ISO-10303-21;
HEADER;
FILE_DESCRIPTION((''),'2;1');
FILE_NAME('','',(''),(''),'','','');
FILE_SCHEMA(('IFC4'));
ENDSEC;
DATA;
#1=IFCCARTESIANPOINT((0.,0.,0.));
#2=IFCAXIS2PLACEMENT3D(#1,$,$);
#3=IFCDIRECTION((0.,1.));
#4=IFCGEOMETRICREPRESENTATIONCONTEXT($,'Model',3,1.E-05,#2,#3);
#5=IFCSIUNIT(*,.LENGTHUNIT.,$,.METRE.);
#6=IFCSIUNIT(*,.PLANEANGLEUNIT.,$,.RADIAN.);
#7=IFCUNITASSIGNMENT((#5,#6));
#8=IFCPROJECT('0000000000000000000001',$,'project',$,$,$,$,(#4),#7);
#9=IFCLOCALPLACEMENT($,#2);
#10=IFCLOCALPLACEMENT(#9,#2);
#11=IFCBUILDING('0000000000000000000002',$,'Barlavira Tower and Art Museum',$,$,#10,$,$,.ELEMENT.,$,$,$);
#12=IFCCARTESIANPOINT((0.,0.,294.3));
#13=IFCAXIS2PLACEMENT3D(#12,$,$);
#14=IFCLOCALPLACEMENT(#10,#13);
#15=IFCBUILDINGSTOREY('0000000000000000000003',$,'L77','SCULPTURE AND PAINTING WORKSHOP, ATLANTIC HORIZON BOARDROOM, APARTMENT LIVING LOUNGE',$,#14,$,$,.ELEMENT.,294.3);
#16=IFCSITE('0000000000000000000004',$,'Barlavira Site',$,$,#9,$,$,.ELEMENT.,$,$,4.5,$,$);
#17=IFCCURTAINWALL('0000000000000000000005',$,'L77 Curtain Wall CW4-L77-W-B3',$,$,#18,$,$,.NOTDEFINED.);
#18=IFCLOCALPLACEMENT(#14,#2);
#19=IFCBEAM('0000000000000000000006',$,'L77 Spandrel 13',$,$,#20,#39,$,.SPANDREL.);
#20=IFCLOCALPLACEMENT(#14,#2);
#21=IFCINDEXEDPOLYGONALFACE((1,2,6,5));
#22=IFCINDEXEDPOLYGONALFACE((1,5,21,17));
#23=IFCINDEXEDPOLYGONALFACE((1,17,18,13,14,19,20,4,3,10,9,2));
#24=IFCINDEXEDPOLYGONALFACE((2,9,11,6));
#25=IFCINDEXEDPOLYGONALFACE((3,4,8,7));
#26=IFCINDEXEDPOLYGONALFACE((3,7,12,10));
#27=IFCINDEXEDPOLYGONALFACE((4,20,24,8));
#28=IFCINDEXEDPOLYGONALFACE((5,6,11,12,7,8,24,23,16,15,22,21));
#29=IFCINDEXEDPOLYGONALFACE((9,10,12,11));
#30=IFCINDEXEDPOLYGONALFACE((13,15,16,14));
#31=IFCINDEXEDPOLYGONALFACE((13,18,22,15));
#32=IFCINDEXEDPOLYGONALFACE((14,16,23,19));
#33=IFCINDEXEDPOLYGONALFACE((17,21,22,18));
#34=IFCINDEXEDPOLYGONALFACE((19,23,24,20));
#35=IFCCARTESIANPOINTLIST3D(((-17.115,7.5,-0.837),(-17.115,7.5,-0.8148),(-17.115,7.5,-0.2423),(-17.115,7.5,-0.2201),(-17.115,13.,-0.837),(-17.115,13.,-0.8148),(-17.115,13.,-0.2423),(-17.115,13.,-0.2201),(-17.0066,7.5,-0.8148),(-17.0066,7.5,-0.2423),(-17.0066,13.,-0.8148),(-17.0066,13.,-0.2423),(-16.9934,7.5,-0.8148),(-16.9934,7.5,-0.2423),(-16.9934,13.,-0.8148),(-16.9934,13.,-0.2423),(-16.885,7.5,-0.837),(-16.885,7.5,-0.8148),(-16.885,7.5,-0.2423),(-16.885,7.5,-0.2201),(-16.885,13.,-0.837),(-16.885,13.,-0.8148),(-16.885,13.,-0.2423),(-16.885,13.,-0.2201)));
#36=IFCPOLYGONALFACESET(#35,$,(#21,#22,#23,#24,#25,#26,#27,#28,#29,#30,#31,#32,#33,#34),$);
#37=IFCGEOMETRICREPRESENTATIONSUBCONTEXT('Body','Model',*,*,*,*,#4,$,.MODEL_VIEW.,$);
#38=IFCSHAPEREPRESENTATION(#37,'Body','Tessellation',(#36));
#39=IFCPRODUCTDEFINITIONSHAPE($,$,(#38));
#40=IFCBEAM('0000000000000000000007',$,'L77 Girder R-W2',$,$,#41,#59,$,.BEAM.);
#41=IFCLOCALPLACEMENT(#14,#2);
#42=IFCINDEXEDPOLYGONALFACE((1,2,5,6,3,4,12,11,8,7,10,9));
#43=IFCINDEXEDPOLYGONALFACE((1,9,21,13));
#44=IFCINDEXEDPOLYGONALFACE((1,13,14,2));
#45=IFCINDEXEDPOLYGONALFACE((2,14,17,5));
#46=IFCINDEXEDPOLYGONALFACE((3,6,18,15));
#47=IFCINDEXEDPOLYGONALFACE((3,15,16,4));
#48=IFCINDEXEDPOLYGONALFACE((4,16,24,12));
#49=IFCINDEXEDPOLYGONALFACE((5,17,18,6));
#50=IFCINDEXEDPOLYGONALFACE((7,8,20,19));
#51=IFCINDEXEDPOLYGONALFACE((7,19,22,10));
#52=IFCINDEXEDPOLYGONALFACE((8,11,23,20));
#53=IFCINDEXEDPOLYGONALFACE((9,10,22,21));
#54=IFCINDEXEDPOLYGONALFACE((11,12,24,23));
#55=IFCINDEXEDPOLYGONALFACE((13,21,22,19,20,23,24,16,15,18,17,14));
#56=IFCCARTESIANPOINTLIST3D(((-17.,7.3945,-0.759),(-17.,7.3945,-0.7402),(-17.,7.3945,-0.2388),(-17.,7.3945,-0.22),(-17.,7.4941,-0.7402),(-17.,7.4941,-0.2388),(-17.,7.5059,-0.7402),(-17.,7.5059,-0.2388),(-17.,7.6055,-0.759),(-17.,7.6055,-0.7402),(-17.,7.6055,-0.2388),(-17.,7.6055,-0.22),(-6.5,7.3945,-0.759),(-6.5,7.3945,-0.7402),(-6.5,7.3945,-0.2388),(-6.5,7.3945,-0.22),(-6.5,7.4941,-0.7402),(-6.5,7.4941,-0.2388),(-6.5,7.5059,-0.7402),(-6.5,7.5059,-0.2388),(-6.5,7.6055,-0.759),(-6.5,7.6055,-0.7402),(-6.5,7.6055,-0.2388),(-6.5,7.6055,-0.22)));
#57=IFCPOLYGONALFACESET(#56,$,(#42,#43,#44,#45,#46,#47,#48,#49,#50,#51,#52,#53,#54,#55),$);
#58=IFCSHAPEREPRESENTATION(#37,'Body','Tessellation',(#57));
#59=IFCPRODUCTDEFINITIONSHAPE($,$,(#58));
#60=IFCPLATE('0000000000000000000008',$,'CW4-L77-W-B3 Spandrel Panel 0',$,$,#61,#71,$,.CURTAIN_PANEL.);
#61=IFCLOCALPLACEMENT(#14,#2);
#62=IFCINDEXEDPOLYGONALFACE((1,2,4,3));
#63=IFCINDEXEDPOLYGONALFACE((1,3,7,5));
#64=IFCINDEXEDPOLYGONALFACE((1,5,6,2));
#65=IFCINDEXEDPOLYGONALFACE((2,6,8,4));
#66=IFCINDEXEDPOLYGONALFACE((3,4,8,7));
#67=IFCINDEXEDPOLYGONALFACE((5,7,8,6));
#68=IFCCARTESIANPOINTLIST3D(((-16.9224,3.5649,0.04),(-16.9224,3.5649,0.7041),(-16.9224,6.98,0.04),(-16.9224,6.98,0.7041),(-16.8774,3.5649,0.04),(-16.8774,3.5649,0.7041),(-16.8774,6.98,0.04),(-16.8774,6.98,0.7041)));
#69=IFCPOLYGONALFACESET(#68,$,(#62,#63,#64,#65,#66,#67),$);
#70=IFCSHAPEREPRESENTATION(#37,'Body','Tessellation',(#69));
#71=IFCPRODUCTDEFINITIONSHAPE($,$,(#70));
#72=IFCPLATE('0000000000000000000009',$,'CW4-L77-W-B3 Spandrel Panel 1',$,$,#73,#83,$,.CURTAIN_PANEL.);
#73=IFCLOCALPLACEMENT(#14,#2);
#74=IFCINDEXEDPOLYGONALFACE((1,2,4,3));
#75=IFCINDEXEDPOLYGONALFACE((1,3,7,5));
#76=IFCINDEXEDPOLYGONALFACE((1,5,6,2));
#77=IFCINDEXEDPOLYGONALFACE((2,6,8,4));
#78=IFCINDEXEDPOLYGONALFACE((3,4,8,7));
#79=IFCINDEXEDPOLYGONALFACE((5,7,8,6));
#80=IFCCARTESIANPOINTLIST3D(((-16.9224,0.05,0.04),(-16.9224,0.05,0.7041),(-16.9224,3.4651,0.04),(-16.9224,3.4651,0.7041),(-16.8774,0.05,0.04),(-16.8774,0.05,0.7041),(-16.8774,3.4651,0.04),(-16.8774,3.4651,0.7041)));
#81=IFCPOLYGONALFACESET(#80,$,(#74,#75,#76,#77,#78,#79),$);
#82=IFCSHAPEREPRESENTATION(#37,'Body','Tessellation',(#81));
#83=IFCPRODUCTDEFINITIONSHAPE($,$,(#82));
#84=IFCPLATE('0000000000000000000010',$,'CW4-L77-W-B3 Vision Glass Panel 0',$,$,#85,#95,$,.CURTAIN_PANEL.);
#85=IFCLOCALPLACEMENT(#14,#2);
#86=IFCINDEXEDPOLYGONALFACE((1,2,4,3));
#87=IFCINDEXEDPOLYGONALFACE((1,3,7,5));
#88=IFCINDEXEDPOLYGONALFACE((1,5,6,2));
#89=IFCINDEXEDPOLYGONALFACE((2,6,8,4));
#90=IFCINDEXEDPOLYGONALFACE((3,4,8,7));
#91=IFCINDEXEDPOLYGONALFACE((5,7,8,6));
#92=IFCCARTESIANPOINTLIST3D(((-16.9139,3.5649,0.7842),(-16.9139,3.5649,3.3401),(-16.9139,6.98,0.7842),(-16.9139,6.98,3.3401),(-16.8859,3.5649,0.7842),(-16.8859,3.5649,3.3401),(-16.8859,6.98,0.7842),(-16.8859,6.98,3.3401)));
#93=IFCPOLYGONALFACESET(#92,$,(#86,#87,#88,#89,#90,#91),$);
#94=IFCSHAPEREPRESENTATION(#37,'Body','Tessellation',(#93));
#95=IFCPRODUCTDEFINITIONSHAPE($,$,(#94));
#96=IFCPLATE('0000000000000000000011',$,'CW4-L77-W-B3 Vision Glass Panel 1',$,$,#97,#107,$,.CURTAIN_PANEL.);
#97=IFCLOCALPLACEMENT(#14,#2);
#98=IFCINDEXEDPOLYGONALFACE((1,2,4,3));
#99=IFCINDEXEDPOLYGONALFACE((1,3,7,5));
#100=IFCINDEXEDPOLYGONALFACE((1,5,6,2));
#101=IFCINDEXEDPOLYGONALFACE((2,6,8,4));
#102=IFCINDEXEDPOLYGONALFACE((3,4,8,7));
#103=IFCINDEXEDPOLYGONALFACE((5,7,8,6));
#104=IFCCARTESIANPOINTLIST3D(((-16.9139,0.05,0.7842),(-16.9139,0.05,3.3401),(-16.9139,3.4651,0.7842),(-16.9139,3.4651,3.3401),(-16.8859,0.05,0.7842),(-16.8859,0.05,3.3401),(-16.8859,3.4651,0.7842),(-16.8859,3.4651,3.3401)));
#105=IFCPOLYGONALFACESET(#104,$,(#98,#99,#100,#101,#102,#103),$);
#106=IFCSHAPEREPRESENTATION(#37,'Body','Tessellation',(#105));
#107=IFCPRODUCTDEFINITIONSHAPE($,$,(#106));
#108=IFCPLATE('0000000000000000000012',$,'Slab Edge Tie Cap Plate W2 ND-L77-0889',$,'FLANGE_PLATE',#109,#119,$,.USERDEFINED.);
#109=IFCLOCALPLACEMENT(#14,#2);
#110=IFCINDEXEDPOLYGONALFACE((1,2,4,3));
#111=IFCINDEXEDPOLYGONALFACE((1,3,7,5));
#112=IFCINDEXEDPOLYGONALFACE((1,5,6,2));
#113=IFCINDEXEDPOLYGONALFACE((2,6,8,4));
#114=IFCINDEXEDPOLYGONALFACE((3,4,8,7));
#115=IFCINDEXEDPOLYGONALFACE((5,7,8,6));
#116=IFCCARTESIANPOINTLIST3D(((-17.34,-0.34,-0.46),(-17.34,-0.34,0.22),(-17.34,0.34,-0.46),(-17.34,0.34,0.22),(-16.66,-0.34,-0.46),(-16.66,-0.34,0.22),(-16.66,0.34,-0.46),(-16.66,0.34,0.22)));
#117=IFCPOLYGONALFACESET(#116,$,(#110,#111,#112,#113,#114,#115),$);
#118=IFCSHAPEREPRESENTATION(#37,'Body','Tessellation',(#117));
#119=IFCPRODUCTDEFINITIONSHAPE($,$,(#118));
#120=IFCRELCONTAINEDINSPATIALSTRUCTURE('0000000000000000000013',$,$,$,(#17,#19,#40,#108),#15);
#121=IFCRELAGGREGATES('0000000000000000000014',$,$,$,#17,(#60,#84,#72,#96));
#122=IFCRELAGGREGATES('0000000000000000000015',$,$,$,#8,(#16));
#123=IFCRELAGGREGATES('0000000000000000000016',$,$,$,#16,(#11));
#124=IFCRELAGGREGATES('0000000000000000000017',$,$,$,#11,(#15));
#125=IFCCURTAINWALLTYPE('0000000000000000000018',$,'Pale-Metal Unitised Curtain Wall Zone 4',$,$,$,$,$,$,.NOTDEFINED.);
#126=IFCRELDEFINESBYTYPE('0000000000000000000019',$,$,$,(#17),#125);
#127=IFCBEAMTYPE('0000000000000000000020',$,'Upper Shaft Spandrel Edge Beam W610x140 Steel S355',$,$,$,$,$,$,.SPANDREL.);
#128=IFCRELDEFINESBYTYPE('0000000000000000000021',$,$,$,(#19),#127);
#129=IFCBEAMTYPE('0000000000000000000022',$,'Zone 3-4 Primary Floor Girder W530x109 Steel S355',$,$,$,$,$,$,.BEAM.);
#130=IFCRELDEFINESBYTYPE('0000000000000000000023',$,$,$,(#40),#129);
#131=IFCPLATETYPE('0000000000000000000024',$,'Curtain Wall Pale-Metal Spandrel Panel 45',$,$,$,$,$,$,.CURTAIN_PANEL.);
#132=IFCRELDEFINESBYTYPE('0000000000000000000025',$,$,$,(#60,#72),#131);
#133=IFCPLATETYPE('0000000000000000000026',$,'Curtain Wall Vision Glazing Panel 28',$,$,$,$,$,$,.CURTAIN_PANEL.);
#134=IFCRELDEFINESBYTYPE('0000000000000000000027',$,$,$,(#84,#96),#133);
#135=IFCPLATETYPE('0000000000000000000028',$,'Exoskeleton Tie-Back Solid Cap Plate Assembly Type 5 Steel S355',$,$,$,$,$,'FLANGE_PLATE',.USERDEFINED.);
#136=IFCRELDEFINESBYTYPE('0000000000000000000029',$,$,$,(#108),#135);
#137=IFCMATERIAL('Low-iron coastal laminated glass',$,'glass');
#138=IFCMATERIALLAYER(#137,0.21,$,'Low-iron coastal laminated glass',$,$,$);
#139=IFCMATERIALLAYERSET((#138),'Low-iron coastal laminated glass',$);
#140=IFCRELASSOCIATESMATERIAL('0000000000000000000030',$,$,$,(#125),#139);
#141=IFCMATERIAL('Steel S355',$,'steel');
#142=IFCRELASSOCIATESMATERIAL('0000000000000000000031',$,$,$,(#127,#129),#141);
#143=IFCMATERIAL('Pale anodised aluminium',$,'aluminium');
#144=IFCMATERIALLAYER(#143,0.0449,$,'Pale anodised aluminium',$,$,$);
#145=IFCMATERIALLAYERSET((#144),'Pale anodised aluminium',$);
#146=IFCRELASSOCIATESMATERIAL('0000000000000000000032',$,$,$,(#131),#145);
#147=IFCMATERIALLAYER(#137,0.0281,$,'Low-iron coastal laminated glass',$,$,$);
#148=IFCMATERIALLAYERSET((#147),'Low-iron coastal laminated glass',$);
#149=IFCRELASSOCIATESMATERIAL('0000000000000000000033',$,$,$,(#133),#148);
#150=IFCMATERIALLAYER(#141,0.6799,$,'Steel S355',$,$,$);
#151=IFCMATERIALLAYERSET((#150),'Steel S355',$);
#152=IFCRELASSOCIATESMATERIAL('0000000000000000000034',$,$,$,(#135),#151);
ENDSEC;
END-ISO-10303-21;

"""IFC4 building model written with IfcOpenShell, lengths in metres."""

from ifc_helpers import new_model, si_unit, direction, frame, origin, origin_2d, place, context, subcontext, project, spatial, rectangle, i_section, extrude, material, layer, layer_set, material_profile, profile_set, type_object, element, aggregate, save


model = new_model("IFC4")

# Units and contexts
model_context = context("Model", 3, precision=1e-05, world=origin(), true_north=direction((0.0, 1.0)))
body_context = subcontext(model_context, "Body", "Model", "MODEL_VIEW")
ifc_project = project(units=[si_unit("LENGTHUNIT", "METRE"), si_unit("PLANEANGLEUNIT", "RADIAN")], contexts=[model_context])

# Site, building, storey
site_placement = place(None, origin())
site = spatial("IfcSite", under=ifc_project, at=site_placement, Name="Barlavira Site", CompositionType="ELEMENT", RefElevation=4.5)
building_placement = place(site_placement, origin())
building = spatial("IfcBuilding", under=site, at=building_placement, Name="Barlavira Tower and Art Museum", CompositionType="ELEMENT")
storey_placement = place(building_placement, frame((0.0, 0.0, 294.3)))
storey = spatial("IfcBuildingStorey", under=building, at=storey_placement, Name="L77", Description="SCULPTURE AND PAINTING WORKSHOP, ATLANTIC HORIZON BOARDROOM, APARTMENT LIVING LOUNGE", CompositionType="ELEMENT", Elevation=294.3)

# Curtain wall
ifc_material_1 = material(Name="Low-iron coastal laminated glass", Category="glass")
ifc_layer_1 = layer(ifc_material_1, 0.21, Name="Low-iron coastal laminated glass")
ifc_layer_set_1 = layer_set([ifc_layer_1], Name="Low-iron coastal laminated glass")
curtain_wall_type = type_object("IfcCurtainWallType", Name="Pale-Metal Unitised Curtain Wall Zone 4", PredefinedType="NOTDEFINED", material=ifc_layer_set_1)
curtain_wall_placement = place(storey_placement, origin())
curtain_wall = element("IfcCurtainWall", 1, at=curtain_wall_placement, inside=storey, type_object=curtain_wall_type, Name="L77 Curtain Wall CW4-L77-W-B3", PredefinedType="NOTDEFINED")
ifc_material_2 = material(Name="Pale anodised aluminium", Category="aluminium")

# Shared definitions
ifc_material_3 = material(Name="Steel S355", Category="steel")

# Beams
ifc_material_profile_1 = material_profile(ifc_material_3, i_section(OverallWidth=0.23, OverallDepth=0.6169, WebThickness=0.0132, FlangeThickness=0.0222, at=origin_2d()), Name="W610x140.0")
ifc_profile_set_1 = profile_set([ifc_material_profile_1], Name="Steel S355")
beam_type_1 = type_object("IfcBeamType", Name="Upper Shaft Spandrel Edge Beam W610x140 Steel S355", PredefinedType="SPANDREL", material=ifc_profile_set_1)
beam_1_placement = place(storey_placement, frame((-17.0, 7.5, -0.5286), z_axis=(0.0, 1.0, 0.0), x_axis=(-1.0, 0.0, 0.0)))
element("IfcBeam", 2, at=beam_1_placement, inside=storey, type_object=beam_type_1, Name="L77 Spandrel 13", PredefinedType="SPANDREL", context=body_context, shape_type="SweptSolid", body=[
    extrude(i_section(OverallWidth=0.23, OverallDepth=0.6169, WebThickness=0.0132, FlangeThickness=0.0222, at=origin_2d()), origin(), (0.0, 0.0, 1.0), 5.5),
])
ifc_material_profile_2 = material_profile(ifc_material_3, i_section(OverallWidth=0.2109, OverallDepth=0.5391, WebThickness=0.0117, FlangeThickness=0.0188, at=origin_2d()), Name="W530x109.0")
ifc_profile_set_2 = profile_set([ifc_material_profile_2], Name="Steel S355")
beam_type_2 = type_object("IfcBeamType", Name="Zone 3-4 Primary Floor Girder W530x109 Steel S355", PredefinedType="BEAM", material=ifc_profile_set_2)
beam_2_placement = place(storey_placement, frame((-17.0, 7.5, -0.4895), z_axis=(1.0, 0.0, 0.0), x_axis=(0.0, 1.0, 0.0)))
element("IfcBeam", 3, at=beam_2_placement, inside=storey, type_object=beam_type_2, Name="L77 Girder R-W2", PredefinedType="BEAM", context=body_context, shape_type="SweptSolid", body=[
    extrude(i_section(OverallWidth=0.2109, OverallDepth=0.5391, WebThickness=0.0117, FlangeThickness=0.0188, at=origin_2d()), origin(), (0.0, 0.0, 1.0), 10.5),
])

# Plates
ifc_layer_2 = layer(ifc_material_2, 0.0449, Name="Pale anodised aluminium")
ifc_layer_set_2 = layer_set([ifc_layer_2], Name="Pale anodised aluminium")
plate_type_1 = type_object("IfcPlateType", Name="Curtain Wall Pale-Metal Spandrel Panel 45", PredefinedType="CURTAIN_PANEL", material=ifc_layer_set_2)
plate_1_placement = place(storey_placement, frame((-16.8999, 5.2725, 0.04), z_axis=(0.0, 0.0, 1.0), x_axis=(0.0, -1.0, 0.0)))
plate_1 = element("IfcPlate", 4, at=plate_1_placement, type_object=plate_type_1, Name="CW4-L77-W-B3 Spandrel Panel 0", PredefinedType="CURTAIN_PANEL", context=body_context, shape_type="SweptSolid", body=[
    extrude(rectangle(XDim=3.415, YDim=0.0449, at=origin_2d()), origin(), (0.0, 0.0, 1.0), 0.6641),
])
plate_2_placement = place(storey_placement, frame((-16.8999, 1.7576, 0.04), z_axis=(0.0, 0.0, 1.0), x_axis=(0.0, -1.0, 0.0)))
plate_2 = element("IfcPlate", 5, at=plate_2_placement, type_object=plate_type_1, Name="CW4-L77-W-B3 Spandrel Panel 1", PredefinedType="CURTAIN_PANEL", context=body_context, shape_type="SweptSolid", body=[
    extrude(rectangle(XDim=3.415, YDim=0.0449, at=origin_2d()), origin(), (0.0, 0.0, 1.0), 0.6641),
])
ifc_layer_3 = layer(ifc_material_1, 0.0281, Name="Low-iron coastal laminated glass")
ifc_layer_set_3 = layer_set([ifc_layer_3], Name="Low-iron coastal laminated glass")
plate_type_2 = type_object("IfcPlateType", Name="Curtain Wall Vision Glazing Panel 28", PredefinedType="CURTAIN_PANEL", material=ifc_layer_set_3)
plate_3_placement = place(storey_placement, frame((-16.8999, 5.2725, 0.7842), z_axis=(0.0, 0.0, 1.0), x_axis=(0.0, -1.0, 0.0)))
plate_3 = element("IfcPlate", 6, at=plate_3_placement, type_object=plate_type_2, Name="CW4-L77-W-B3 Vision Glass Panel 0", PredefinedType="CURTAIN_PANEL", context=body_context, shape_type="SweptSolid", body=[
    extrude(rectangle(XDim=3.415, YDim=0.0281, at=origin_2d()), origin(), (0.0, 0.0, 1.0), 2.5559),
])
plate_4_placement = place(storey_placement, frame((-16.8999, 1.7576, 0.7842), z_axis=(0.0, 0.0, 1.0), x_axis=(0.0, -1.0, 0.0)))
plate_4 = element("IfcPlate", 7, at=plate_4_placement, type_object=plate_type_2, Name="CW4-L77-W-B3 Vision Glass Panel 1", PredefinedType="CURTAIN_PANEL", context=body_context, shape_type="SweptSolid", body=[
    extrude(rectangle(XDim=3.415, YDim=0.0281, at=origin_2d()), origin(), (0.0, 0.0, 1.0), 2.5559),
])
aggregate(curtain_wall, [plate_1, plate_3, plate_2, plate_4])
ifc_layer_4 = layer(ifc_material_3, 0.6799, Name="Steel S355")
ifc_layer_set_4 = layer_set([ifc_layer_4], Name="Steel S355")
plate_type_3 = type_object("IfcPlateType", Name="Exoskeleton Tie-Back Solid Cap Plate Assembly Type 5 Steel S355", ElementType="FLANGE_PLATE", PredefinedType="USERDEFINED", material=ifc_layer_set_4)
plate_5_placement = place(storey_placement, frame((-17.0, 0.0, -0.46), z_axis=(0.0, 0.0, 1.0), x_axis=(1.0, 0.0, 0.0)))
element("IfcPlate", 8, at=plate_5_placement, inside=storey, type_object=plate_type_3, Name="Slab Edge Tie Cap Plate W2 ND-L77-0889", ObjectType="FLANGE_PLATE", PredefinedType="USERDEFINED", context=body_context, shape_type="SweptSolid", body=[
    extrude(rectangle(XDim=0.6799, YDim=0.6799, at=origin_2d()), origin(), (0.0, 0.0, 1.0), 0.6799),
])

save(model, "model.ifc")
